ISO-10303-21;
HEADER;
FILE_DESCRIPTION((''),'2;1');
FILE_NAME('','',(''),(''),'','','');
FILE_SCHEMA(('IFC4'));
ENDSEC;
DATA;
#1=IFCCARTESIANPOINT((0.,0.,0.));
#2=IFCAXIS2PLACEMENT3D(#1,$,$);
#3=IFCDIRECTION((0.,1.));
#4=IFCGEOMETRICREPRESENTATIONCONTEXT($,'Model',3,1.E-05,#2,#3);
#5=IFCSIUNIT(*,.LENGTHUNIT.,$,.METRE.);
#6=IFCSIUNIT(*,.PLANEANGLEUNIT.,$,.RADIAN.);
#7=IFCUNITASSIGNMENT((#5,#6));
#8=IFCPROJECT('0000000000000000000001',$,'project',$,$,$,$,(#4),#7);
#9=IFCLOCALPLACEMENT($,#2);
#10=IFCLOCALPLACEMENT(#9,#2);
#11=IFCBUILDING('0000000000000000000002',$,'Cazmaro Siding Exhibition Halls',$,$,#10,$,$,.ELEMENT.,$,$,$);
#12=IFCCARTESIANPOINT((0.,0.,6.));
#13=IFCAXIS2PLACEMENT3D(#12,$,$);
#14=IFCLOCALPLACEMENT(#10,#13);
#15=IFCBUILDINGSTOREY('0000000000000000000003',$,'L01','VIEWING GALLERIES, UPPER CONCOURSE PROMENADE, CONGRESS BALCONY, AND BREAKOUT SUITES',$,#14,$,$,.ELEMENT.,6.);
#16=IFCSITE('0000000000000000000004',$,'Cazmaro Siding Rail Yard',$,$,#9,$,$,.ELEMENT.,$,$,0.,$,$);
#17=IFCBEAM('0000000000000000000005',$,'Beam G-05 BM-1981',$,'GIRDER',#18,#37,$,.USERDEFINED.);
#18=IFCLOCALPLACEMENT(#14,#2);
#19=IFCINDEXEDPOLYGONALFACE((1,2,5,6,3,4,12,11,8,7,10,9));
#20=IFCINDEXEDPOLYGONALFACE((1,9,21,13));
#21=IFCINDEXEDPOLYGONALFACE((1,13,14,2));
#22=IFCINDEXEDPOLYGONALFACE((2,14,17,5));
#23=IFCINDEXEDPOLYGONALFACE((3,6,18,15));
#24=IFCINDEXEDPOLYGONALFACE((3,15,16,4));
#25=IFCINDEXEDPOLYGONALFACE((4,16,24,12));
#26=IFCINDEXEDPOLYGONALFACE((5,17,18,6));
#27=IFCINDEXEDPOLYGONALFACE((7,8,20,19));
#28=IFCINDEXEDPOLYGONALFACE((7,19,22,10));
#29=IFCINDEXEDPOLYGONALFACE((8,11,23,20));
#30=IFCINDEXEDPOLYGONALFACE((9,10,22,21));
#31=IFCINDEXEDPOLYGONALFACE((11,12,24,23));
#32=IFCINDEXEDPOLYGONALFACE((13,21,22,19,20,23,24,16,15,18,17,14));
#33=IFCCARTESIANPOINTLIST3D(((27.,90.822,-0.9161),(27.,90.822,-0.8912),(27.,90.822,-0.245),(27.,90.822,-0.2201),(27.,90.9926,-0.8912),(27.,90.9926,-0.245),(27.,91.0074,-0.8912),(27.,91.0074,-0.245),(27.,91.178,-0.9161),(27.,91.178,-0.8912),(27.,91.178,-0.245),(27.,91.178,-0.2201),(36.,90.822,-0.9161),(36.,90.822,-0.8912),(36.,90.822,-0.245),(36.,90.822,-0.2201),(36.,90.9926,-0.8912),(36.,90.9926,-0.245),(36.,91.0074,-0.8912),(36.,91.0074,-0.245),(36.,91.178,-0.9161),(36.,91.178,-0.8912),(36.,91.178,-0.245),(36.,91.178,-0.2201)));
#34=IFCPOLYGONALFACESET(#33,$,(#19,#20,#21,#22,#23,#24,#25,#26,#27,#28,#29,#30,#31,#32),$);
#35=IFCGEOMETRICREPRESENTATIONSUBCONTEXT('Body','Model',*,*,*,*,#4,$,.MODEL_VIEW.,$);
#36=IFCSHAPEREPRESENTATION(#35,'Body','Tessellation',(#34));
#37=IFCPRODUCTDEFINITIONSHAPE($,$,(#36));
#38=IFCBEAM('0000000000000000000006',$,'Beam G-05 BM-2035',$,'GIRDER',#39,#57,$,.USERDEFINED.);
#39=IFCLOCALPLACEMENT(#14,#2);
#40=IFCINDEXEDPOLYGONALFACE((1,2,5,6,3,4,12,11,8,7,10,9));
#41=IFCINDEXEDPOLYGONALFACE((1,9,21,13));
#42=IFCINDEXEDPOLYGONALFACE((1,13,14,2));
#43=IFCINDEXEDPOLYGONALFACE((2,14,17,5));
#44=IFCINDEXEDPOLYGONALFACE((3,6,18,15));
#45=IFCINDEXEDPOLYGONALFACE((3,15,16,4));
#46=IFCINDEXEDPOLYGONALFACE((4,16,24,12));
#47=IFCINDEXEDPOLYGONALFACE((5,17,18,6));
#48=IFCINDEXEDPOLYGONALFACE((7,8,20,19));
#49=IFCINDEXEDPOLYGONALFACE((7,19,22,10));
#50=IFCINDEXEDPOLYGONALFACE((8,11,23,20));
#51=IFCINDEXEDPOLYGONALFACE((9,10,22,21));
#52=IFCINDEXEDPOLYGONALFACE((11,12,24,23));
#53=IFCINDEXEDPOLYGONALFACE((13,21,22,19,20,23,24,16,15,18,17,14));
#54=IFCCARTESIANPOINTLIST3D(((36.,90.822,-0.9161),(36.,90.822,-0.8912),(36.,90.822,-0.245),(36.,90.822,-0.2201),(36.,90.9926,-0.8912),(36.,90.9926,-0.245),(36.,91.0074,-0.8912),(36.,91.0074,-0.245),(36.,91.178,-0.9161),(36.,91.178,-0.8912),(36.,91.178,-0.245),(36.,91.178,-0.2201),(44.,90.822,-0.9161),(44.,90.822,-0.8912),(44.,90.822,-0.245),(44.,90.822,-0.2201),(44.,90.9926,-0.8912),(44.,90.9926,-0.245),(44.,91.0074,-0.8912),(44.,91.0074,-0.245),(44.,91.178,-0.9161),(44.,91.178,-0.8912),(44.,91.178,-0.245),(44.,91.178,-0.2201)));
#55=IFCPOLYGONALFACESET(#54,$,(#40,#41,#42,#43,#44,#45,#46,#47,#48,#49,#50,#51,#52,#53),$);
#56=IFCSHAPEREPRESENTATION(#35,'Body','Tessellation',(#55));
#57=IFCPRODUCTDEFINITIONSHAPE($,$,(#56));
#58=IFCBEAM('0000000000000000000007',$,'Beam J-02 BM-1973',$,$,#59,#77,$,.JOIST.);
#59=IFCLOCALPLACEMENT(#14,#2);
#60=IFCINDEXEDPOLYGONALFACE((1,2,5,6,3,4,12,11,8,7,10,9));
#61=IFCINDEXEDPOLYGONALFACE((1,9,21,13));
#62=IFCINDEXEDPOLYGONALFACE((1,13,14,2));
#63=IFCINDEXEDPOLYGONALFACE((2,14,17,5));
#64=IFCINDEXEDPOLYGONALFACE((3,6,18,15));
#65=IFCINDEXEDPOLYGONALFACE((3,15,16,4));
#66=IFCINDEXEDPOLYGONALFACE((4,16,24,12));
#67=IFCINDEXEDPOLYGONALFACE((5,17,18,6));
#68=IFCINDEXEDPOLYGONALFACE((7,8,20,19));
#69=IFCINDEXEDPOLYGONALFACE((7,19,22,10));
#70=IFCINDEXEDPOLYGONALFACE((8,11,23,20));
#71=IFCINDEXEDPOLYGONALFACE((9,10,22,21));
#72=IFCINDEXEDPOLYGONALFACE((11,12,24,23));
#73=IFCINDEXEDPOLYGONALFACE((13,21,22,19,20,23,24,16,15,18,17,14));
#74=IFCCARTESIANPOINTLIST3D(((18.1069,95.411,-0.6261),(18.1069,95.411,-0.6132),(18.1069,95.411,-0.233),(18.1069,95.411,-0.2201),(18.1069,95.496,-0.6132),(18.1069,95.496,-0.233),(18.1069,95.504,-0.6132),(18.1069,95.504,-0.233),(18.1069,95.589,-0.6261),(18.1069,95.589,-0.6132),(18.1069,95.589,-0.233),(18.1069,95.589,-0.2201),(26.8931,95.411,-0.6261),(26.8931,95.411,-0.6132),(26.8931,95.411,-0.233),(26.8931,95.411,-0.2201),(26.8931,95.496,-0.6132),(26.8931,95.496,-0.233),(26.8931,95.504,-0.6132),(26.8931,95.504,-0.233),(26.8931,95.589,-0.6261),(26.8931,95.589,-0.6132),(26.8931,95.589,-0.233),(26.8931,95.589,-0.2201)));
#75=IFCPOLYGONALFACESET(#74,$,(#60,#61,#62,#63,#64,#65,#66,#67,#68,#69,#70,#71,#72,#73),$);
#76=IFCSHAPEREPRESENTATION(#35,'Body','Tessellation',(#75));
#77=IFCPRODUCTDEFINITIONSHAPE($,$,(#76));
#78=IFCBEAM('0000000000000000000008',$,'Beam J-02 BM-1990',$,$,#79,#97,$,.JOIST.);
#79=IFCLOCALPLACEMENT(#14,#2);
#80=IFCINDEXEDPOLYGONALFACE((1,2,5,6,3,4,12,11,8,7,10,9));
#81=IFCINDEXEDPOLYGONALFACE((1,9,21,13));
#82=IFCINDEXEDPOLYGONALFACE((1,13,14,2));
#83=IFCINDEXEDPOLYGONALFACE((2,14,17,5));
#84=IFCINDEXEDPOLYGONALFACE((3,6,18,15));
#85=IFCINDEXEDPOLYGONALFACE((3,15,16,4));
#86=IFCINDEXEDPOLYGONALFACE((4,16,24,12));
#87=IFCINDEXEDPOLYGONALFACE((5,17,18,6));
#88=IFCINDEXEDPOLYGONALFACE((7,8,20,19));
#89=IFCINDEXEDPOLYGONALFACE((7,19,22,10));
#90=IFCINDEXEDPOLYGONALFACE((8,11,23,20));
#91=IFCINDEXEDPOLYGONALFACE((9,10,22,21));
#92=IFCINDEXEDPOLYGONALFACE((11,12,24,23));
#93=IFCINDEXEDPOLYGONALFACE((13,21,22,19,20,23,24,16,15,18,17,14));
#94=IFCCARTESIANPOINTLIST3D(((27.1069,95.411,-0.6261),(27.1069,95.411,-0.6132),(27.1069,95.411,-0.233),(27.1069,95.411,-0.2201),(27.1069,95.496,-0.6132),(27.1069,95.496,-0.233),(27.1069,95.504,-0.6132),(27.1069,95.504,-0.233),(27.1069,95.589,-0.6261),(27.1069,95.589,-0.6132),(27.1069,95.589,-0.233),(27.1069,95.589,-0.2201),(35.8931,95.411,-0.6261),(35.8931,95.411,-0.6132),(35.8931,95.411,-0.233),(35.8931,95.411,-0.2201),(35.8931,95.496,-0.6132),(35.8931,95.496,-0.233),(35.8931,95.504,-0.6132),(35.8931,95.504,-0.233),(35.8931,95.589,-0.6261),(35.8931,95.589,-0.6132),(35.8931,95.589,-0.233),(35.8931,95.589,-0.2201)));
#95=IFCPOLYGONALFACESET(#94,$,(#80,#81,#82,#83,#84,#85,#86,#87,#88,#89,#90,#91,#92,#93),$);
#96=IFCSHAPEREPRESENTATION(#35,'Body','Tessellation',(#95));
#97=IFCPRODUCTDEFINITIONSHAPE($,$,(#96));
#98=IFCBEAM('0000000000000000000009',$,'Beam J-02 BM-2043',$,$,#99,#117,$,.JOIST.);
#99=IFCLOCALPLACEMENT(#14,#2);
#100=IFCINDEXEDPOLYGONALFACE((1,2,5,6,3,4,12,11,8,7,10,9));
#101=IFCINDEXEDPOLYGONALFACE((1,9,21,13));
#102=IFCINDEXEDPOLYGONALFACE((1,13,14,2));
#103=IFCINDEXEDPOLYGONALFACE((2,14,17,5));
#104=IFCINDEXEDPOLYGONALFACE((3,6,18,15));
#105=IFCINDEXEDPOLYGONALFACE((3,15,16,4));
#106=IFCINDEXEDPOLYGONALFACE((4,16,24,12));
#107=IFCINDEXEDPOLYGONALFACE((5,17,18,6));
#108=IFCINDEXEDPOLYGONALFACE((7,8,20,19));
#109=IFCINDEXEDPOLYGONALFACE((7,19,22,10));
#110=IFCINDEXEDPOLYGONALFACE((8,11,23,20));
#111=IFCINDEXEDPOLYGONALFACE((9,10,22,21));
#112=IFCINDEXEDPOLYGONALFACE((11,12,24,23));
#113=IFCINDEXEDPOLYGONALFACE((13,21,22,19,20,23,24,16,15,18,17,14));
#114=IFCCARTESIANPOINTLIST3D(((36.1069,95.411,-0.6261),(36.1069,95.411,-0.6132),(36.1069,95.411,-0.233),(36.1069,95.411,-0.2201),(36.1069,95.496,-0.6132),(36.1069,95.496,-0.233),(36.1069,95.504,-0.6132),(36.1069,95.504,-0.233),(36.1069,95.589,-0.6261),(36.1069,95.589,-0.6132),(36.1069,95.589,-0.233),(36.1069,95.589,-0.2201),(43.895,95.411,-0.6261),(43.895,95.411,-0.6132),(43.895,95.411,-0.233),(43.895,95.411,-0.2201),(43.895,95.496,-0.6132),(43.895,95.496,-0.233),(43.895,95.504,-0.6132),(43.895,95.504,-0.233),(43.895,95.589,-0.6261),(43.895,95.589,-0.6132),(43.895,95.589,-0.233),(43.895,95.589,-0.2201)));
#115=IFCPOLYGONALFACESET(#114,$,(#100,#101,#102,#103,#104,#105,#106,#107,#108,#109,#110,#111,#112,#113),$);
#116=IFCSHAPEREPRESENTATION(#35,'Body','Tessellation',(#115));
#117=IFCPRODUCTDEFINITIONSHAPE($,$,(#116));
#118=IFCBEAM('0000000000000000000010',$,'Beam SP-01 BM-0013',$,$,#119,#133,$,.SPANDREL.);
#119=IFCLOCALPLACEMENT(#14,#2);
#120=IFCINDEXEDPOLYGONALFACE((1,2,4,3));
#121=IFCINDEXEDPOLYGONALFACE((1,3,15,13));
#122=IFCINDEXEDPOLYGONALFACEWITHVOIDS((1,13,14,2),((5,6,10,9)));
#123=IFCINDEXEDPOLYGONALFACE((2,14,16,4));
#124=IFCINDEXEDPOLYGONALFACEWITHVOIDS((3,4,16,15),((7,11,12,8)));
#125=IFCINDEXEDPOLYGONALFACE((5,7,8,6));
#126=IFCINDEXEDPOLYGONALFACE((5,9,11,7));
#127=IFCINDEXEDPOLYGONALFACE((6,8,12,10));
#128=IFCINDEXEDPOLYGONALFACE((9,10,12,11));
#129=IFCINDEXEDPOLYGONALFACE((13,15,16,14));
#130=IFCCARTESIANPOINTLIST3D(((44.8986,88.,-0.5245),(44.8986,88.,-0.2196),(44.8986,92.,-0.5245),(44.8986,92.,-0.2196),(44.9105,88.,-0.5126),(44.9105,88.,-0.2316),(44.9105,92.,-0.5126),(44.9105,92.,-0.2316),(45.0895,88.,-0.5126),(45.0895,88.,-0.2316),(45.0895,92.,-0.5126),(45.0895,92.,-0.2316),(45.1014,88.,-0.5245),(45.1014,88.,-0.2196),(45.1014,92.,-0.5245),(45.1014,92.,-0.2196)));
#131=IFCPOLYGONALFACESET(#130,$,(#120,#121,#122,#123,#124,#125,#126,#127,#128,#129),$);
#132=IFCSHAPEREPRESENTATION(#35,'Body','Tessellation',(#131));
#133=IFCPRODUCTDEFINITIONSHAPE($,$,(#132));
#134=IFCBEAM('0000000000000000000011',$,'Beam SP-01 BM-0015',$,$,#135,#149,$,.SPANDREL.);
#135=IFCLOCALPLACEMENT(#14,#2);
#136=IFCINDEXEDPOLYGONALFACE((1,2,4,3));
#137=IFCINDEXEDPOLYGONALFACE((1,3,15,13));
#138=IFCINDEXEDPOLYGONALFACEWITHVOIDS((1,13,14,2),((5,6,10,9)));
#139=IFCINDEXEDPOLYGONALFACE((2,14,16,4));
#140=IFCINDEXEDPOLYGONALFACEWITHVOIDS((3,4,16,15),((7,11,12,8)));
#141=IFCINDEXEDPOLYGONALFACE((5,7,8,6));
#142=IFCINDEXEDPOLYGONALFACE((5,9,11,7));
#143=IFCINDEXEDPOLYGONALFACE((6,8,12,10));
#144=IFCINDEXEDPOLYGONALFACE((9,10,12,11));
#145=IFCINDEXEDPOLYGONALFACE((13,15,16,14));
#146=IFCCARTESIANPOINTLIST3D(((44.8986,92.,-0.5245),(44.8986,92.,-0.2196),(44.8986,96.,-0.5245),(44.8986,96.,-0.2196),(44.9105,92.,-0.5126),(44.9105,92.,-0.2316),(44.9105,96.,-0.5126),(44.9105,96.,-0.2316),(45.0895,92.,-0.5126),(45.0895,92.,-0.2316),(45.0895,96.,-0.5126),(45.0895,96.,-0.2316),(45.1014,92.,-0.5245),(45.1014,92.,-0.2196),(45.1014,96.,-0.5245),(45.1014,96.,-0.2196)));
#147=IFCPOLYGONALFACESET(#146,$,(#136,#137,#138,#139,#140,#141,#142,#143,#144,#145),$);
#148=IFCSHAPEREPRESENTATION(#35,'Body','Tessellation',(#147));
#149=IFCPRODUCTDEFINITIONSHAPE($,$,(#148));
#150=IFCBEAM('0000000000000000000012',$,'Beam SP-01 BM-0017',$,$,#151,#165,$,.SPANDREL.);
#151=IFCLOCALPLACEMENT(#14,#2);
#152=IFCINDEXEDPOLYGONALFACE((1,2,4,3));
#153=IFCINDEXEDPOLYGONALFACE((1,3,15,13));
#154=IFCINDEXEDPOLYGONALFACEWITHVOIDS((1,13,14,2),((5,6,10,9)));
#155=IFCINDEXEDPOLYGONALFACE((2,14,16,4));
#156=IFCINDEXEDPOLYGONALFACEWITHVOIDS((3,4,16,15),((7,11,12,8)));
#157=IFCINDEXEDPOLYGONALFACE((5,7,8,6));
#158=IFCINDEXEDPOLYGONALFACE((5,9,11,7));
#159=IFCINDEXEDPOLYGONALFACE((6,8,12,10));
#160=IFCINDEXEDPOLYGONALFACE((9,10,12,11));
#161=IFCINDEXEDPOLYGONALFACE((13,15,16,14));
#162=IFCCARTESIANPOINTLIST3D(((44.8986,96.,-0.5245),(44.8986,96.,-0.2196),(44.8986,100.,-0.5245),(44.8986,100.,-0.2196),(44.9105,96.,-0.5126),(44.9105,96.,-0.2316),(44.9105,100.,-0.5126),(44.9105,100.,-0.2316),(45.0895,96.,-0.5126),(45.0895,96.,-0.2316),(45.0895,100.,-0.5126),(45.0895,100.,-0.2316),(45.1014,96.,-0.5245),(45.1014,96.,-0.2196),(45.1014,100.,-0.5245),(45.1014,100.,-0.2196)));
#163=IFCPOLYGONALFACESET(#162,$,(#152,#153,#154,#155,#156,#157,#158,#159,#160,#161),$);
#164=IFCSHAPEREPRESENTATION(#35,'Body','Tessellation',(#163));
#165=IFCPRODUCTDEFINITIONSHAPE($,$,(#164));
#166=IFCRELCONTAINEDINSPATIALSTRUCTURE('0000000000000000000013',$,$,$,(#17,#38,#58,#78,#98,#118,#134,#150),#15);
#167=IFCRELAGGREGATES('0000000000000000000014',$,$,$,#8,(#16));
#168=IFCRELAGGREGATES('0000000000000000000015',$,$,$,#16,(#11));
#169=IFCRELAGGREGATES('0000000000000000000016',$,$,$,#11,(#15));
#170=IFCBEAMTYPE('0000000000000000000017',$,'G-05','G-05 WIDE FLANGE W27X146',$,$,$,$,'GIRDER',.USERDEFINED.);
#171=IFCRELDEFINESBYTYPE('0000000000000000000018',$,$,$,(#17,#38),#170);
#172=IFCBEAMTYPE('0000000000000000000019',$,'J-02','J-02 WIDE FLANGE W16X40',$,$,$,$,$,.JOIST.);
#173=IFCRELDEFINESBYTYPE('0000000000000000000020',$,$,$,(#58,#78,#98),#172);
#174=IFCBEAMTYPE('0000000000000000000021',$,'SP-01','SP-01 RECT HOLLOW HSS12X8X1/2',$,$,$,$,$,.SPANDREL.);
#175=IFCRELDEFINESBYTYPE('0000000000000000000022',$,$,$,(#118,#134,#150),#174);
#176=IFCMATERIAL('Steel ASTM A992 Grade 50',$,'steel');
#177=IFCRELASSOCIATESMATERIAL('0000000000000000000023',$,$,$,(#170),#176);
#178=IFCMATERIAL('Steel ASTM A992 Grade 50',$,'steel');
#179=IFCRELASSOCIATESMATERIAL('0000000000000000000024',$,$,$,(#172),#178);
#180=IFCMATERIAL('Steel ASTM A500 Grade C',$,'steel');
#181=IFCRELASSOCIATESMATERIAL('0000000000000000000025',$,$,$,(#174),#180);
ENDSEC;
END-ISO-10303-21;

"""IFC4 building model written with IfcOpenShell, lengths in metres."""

from ifc_helpers import new_model, si_unit, direction, frame, origin, origin_2d, place, context, subcontext, project, spatial, hollow_rectangle, i_section, extrude, material, material_profile, profile_set, type_object, element, save


model = new_model("IFC4")

# Units and contexts
model_context = context("Model", 3, precision=1e-05, world=origin(), true_north=direction((0.0, 1.0)))
body_context = subcontext(model_context, "Body", "Model", "MODEL_VIEW")
ifc_project = project(units=[si_unit("LENGTHUNIT", "METRE"), si_unit("PLANEANGLEUNIT", "RADIAN")], contexts=[model_context])

# Site, building, storey
site_placement = place(None, origin())
site = spatial("IfcSite", under=ifc_project, at=site_placement, Name="Cazmaro Siding Rail Yard", CompositionType="ELEMENT", RefElevation=0.0)
building_placement = place(site_placement, origin())
building = spatial("IfcBuilding", under=site, at=building_placement, Name="Cazmaro Siding Exhibition Halls", CompositionType="ELEMENT")
storey_placement = place(building_placement, frame((0.0, 0.0, 6.0)))
storey = spatial("IfcBuildingStorey", under=building, at=storey_placement, Name="L01", Description="VIEWING GALLERIES, UPPER CONCOURSE PROMENADE, CONGRESS BALCONY, AND BREAKOUT SUITES", CompositionType="ELEMENT", Elevation=6.0)

# Beams
ifc_material_1 = material(Name="Steel ASTM A992 Grade 50", Category="steel")
ifc_material_profile_1 = material_profile(ifc_material_1, i_section(OverallWidth=0.356, OverallDepth=0.696, WebThickness=0.0149, FlangeThickness=0.0249, at=origin_2d()), Name="W27X146")
ifc_profile_set_1 = profile_set([ifc_material_profile_1], Name="Steel ASTM A992 Grade 50")
beam_type_1 = type_object("IfcBeamType", Name="G-05", Description="G-05 WIDE FLANGE W27X146", ElementType="GIRDER", PredefinedType="USERDEFINED", material=ifc_profile_set_1)
beam_1_placement = place(storey_placement, frame((27.0, 91.0, -0.5681), z_axis=(1.0, 0.0, 0.0), x_axis=(0.0, 1.0, 0.0)))
element("IfcBeam", 1, at=beam_1_placement, inside=storey, type_object=beam_type_1, Name="Beam G-05 BM-1981", ObjectType="GIRDER", PredefinedType="USERDEFINED", context=body_context, shape_type="SweptSolid", body=[
    extrude(i_section(OverallWidth=0.356, OverallDepth=0.696, WebThickness=0.0149, FlangeThickness=0.0249, at=origin_2d()), origin(), (0.0, 0.0, 1.0), 9.0),
])
beam_2_placement = place(storey_placement, frame((36.0, 91.0, -0.5681), z_axis=(1.0, 0.0, 0.0), x_axis=(0.0, 1.0, 0.0)))
element("IfcBeam", 2, at=beam_2_placement, inside=storey, type_object=beam_type_1, Name="Beam G-05 BM-2035", ObjectType="GIRDER", PredefinedType="USERDEFINED", context=body_context, shape_type="SweptSolid", body=[
    extrude(i_section(OverallWidth=0.356, OverallDepth=0.696, WebThickness=0.0149, FlangeThickness=0.0249, at=origin_2d()), origin(), (0.0, 0.0, 1.0), 8.0),
])
ifc_material_2 = material(Name="Steel ASTM A992 Grade 50", Category="steel")
ifc_material_profile_2 = material_profile(ifc_material_2, i_section(OverallWidth=0.178, OverallDepth=0.406, WebThickness=0.0081, FlangeThickness=0.0129, at=origin_2d()), Name="W16X40")
ifc_profile_set_2 = profile_set([ifc_material_profile_2], Name="Steel ASTM A992 Grade 50")
beam_type_2 = type_object("IfcBeamType", Name="J-02", Description="J-02 WIDE FLANGE W16X40", PredefinedType="JOIST", material=ifc_profile_set_2)
for number, where, z_axis, x_axis, name in (
    (3, (18.1069, 95.5, -0.4231), (1.0, 0.0, 0.0), (0.0, 1.0, 0.0), "Beam J-02 BM-1973"),
    (4, (27.1069, 95.5, -0.4231), (1.0, 0.0, 0.0), (0.0, 1.0, 0.0), "Beam J-02 BM-1990"),
):
    element("IfcBeam", number, at=place(storey_placement, frame(where, z_axis=z_axis, x_axis=x_axis)), inside=storey, type_object=beam_type_2, Name=name, PredefinedType="JOIST", context=body_context, shape_type="SweptSolid", body=[
        extrude(i_section(OverallWidth=0.178, OverallDepth=0.406, WebThickness=0.0081, FlangeThickness=0.0129, at=origin_2d()), origin(), (0.0, 0.0, 1.0), 8.7861),
    ])
beam_3_placement = place(storey_placement, frame((36.1069, 95.5, -0.4231), z_axis=(1.0, 0.0, 0.0), x_axis=(0.0, 1.0, 0.0)))
element("IfcBeam", 5, at=beam_3_placement, inside=storey, type_object=beam_type_2, Name="Beam J-02 BM-2043", PredefinedType="JOIST", context=body_context, shape_type="SweptSolid", body=[
    extrude(i_section(OverallWidth=0.178, OverallDepth=0.406, WebThickness=0.0081, FlangeThickness=0.0129, at=origin_2d()), origin(), (0.0, 0.0, 1.0), 7.7881),
])
ifc_material_3 = material(Name="Steel ASTM A500 Grade C", Category="steel")
ifc_material_profile_3 = material_profile(ifc_material_3, hollow_rectangle(XDim=0.2029, YDim=0.3049, WallThickness=0.012, at=origin_2d()), Name="HSS12X8X1/2")
ifc_profile_set_3 = profile_set([ifc_material_profile_3], Name="Steel ASTM A500 Grade C")
beam_type_3 = type_object("IfcBeamType", Name="SP-01", Description="SP-01 RECT HOLLOW HSS12X8X1/2", PredefinedType="SPANDREL", material=ifc_profile_set_3)
for number, where, z_axis, x_axis, name in (
    (6, (45.0, 88.0, -0.3721), (0.0, 1.0, 0.0), (-1.0, 0.0, 0.0), "Beam SP-01 BM-0013"),
    (7, (45.0, 92.0, -0.3721), (0.0, 1.0, 0.0), (-1.0, 0.0, 0.0), "Beam SP-01 BM-0015"),
    (8, (45.0, 96.0, -0.3721), (0.0, 1.0, 0.0), (-1.0, 0.0, 0.0), "Beam SP-01 BM-0017"),
):
    element("IfcBeam", number, at=place(storey_placement, frame(where, z_axis=z_axis, x_axis=x_axis)), inside=storey, type_object=beam_type_3, Name=name, PredefinedType="SPANDREL", context=body_context, shape_type="SweptSolid", body=[
        extrude(hollow_rectangle(XDim=0.2029, YDim=0.3049, WallThickness=0.012, at=origin_2d()), origin(), (0.0, 0.0, 1.0), 4.0),
    ])

save(model, "model.ifc")
